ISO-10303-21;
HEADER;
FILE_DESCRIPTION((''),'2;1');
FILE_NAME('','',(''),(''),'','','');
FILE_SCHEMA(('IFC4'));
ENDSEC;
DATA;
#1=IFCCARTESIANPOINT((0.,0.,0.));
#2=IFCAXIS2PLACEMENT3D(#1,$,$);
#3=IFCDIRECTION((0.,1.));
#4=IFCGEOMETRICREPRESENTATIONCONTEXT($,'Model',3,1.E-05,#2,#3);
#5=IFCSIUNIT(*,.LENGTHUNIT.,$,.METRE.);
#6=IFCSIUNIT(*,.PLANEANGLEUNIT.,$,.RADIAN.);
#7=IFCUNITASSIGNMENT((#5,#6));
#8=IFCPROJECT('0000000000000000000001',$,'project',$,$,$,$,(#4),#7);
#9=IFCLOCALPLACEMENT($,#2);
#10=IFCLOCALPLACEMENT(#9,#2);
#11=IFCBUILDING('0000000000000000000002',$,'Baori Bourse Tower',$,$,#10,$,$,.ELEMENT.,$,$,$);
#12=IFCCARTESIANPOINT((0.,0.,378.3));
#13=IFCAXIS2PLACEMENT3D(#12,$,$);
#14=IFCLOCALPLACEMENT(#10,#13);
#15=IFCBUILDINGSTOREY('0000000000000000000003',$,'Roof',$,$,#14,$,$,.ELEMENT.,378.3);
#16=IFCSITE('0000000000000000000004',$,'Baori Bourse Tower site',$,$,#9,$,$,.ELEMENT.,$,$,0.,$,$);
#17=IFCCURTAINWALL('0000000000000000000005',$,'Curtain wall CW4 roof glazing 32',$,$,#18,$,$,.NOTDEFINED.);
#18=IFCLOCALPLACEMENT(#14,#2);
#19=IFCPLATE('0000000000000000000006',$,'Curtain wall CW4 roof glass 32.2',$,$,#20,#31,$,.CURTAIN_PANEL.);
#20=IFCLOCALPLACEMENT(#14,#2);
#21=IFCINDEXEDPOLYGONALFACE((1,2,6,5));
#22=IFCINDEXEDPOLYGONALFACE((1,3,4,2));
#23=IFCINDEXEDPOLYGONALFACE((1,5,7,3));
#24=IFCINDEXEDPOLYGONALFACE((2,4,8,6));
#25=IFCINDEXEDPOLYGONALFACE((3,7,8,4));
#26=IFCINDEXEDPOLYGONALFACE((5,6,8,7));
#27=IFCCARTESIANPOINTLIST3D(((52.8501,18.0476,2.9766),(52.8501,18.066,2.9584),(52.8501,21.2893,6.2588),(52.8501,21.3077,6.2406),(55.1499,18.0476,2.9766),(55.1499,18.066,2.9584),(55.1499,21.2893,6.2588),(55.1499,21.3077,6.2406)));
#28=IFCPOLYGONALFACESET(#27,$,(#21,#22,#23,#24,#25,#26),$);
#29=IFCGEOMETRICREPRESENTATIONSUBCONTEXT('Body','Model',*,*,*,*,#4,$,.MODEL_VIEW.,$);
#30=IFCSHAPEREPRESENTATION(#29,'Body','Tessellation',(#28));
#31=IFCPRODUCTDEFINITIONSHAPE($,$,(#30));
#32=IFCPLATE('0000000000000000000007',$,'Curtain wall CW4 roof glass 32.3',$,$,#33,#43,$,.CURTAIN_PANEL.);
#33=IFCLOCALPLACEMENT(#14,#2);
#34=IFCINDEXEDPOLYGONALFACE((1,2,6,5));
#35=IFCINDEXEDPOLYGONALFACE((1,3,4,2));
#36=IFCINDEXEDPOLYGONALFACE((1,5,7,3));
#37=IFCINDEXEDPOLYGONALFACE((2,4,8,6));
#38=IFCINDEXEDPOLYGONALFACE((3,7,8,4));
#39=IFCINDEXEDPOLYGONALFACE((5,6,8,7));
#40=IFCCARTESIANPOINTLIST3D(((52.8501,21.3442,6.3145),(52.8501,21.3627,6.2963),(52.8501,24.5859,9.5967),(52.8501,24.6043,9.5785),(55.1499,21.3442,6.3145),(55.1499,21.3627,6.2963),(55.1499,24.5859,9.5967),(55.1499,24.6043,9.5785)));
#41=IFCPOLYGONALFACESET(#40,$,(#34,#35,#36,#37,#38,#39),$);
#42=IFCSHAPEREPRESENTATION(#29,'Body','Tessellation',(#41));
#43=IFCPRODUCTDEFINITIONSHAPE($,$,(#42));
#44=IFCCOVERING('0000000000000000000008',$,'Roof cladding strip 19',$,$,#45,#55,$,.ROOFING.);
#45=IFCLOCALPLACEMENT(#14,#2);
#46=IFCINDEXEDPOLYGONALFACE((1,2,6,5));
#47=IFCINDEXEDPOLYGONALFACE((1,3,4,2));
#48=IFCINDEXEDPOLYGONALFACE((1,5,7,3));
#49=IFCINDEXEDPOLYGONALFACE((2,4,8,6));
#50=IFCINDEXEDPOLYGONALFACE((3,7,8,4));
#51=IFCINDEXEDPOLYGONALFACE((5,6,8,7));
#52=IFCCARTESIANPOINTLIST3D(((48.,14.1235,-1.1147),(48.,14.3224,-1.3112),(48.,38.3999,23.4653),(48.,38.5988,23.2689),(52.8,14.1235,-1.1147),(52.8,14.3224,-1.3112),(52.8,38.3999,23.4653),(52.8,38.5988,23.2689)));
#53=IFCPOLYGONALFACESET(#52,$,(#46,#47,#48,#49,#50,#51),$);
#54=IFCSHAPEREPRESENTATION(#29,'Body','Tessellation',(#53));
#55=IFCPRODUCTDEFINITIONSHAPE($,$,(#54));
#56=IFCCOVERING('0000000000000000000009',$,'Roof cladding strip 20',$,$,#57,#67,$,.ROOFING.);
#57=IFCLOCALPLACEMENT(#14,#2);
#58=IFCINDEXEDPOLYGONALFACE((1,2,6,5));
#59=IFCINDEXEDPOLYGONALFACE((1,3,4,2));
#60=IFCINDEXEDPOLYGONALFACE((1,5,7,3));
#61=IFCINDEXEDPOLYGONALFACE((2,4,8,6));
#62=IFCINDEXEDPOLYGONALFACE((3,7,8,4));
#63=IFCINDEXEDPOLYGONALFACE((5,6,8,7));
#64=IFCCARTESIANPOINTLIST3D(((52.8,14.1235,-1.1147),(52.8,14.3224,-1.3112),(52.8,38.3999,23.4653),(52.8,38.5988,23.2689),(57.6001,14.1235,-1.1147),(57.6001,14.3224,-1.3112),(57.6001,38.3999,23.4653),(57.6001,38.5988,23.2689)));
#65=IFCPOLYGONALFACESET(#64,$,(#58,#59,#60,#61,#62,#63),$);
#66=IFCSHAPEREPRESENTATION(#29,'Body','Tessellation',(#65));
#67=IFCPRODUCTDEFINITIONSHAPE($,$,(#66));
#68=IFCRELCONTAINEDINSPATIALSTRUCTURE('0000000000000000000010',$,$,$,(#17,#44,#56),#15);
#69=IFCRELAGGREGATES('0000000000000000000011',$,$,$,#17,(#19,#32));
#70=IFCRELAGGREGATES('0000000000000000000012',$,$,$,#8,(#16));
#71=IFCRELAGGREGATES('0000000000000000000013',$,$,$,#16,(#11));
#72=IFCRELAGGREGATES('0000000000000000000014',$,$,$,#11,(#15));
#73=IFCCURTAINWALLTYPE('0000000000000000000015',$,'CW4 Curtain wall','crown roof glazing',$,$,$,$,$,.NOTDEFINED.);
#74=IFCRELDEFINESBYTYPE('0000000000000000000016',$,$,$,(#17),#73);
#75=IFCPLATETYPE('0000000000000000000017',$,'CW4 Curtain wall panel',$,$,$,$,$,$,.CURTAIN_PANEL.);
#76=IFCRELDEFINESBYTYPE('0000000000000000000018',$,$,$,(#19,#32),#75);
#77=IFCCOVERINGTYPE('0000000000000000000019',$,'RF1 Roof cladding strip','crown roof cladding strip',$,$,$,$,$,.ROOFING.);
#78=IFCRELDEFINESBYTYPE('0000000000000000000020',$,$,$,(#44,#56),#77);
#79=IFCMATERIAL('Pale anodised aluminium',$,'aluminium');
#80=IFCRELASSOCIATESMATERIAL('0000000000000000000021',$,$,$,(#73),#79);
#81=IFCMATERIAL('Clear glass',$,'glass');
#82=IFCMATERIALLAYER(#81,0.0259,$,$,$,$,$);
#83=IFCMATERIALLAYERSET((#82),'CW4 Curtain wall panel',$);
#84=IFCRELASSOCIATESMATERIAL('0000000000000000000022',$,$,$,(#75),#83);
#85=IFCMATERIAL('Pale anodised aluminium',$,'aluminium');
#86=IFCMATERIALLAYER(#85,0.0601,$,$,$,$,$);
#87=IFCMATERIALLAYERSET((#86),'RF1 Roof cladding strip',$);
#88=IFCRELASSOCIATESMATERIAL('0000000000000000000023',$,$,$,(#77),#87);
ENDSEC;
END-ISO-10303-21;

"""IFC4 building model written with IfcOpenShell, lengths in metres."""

from ifc_helpers import new_model, si_unit, direction, frame, origin, place, context, subcontext, project, spatial, polyline, outline, extrude, material, layer, layer_set, type_object, element, aggregate, save


model = new_model("IFC4")

# Units and contexts
model_context = context("Model", 3, precision=1e-05, world=origin(), true_north=direction((0.0, 1.0)))
body_context = subcontext(model_context, "Body", "Model", "MODEL_VIEW")
ifc_project = project(units=[si_unit("LENGTHUNIT", "METRE"), si_unit("PLANEANGLEUNIT", "RADIAN")], contexts=[model_context])

# Site, building, storey
site_placement = place(None, origin())
site = spatial("IfcSite", under=ifc_project, at=site_placement, Name="Baori Bourse Tower site", CompositionType="ELEMENT", RefElevation=0.0)
building_placement = place(site_placement, origin())
building = spatial("IfcBuilding", under=site, at=building_placement, Name="Baori Bourse Tower", CompositionType="ELEMENT")
storey_placement = place(building_placement, frame((0.0, 0.0, 378.3)))
storey = spatial("IfcBuildingStorey", under=building, at=storey_placement, Name="Roof", CompositionType="ELEMENT", Elevation=378.3)

# Shared definitions
ifc_material_1 = material(Name="Pale anodised aluminium", Category="aluminium")
curtain_wall_type = type_object("IfcCurtainWallType", Name="CW4 Curtain wall", Description="crown roof glazing", PredefinedType="NOTDEFINED", material=ifc_material_1)

# Curtain wall
curtain_wall_1_placement = place(storey_placement, origin())
curtain_wall_1 = element("IfcCurtainWall", 1, at=curtain_wall_1_placement, inside=storey, type_object=curtain_wall_type, Name="Curtain wall CW4 roof glazing 32", PredefinedType="NOTDEFINED")

# Plates
ifc_material_2 = material(Name="Clear glass", Category="glass")
ifc_layer_1 = layer(ifc_material_2, 0.0259)
ifc_layer_set_1 = layer_set([ifc_layer_1], Name="CW4 Curtain wall panel")
plate_type = type_object("IfcPlateType", Name="CW4 Curtain wall panel", PredefinedType="CURTAIN_PANEL", material=ifc_layer_set_1)
plate_1_placement = place(storey_placement, frame((52.8501, 18.0476, 2.9766), z_axis=(0.0, -0.711486, 0.702701), x_axis=(1.0, 0.0, 0.0)))
plate_1 = element("IfcPlate", 2, at=plate_1_placement, type_object=plate_type, Name="Curtain wall CW4 roof glass 32.2", PredefinedType="CURTAIN_PANEL", context=body_context, shape_type="SweptSolid", body=[
    extrude(outline(polyline([(0.0, 0.0), (2.2998, 0.0), (2.2998, 4.6132), (0.0, 4.6132), (0.0, 0.0)])), origin(), (0.0, 0.0, -1.0), 0.0259),
])
plate_2_placement = place(storey_placement, frame((52.8501, 21.3442, 6.3145), z_axis=(0.0, -0.711486, 0.702701), x_axis=(1.0, 0.0, 0.0)))
plate_2 = element("IfcPlate", 3, at=plate_2_placement, type_object=plate_type, Name="Curtain wall CW4 roof glass 32.3", PredefinedType="CURTAIN_PANEL", context=body_context, shape_type="SweptSolid", body=[
    extrude(outline(polyline([(0.0, 0.0), (2.2998, 0.0), (2.2998, 4.6132), (0.0, 4.6132), (0.0, 0.0)])), origin(), (0.0, 0.0, -1.0), 0.0259),
])
aggregate(curtain_wall_1, [plate_1, plate_2])

# Coverings
ifc_material_3 = material(Name="Pale anodised aluminium", Category="aluminium")
ifc_layer_2 = layer(ifc_material_3, 0.0601)
ifc_layer_set_2 = layer_set([ifc_layer_2], Name="RF1 Roof cladding strip")
covering_type = type_object("IfcCoveringType", Name="RF1 Roof cladding strip", Description="crown roof cladding strip", PredefinedType="ROOFING", material=ifc_layer_set_2)
for number, where, z_axis, x_axis, name in (
    (4, (52.8, 14.1235, -1.1147), (0.0, -0.711489, 0.702698), (0.0, 0.702698, 0.711489), "Roof cladding strip 19"),
    (5, (57.6001, 14.1235, -1.1147), (0.0, -0.711489, 0.702698), (0.0, 0.702698, 0.711489), "Roof cladding strip 20"),
):
    element("IfcCovering", number, at=place(storey_placement, frame(where, z_axis=z_axis, x_axis=x_axis)), inside=storey, type_object=covering_type, Name=name, PredefinedType="ROOFING", context=body_context, shape_type="SweptSolid", body=[
        extrude(outline(polyline([(0.0, 0.0), (34.5474, 0.0), (34.5474, 4.8), (0.0, 4.8), (0.0, 0.0)])), origin(), (0.0, 0.0, -1.0), 0.2795),
    ])

save(model, "model.ifc")
